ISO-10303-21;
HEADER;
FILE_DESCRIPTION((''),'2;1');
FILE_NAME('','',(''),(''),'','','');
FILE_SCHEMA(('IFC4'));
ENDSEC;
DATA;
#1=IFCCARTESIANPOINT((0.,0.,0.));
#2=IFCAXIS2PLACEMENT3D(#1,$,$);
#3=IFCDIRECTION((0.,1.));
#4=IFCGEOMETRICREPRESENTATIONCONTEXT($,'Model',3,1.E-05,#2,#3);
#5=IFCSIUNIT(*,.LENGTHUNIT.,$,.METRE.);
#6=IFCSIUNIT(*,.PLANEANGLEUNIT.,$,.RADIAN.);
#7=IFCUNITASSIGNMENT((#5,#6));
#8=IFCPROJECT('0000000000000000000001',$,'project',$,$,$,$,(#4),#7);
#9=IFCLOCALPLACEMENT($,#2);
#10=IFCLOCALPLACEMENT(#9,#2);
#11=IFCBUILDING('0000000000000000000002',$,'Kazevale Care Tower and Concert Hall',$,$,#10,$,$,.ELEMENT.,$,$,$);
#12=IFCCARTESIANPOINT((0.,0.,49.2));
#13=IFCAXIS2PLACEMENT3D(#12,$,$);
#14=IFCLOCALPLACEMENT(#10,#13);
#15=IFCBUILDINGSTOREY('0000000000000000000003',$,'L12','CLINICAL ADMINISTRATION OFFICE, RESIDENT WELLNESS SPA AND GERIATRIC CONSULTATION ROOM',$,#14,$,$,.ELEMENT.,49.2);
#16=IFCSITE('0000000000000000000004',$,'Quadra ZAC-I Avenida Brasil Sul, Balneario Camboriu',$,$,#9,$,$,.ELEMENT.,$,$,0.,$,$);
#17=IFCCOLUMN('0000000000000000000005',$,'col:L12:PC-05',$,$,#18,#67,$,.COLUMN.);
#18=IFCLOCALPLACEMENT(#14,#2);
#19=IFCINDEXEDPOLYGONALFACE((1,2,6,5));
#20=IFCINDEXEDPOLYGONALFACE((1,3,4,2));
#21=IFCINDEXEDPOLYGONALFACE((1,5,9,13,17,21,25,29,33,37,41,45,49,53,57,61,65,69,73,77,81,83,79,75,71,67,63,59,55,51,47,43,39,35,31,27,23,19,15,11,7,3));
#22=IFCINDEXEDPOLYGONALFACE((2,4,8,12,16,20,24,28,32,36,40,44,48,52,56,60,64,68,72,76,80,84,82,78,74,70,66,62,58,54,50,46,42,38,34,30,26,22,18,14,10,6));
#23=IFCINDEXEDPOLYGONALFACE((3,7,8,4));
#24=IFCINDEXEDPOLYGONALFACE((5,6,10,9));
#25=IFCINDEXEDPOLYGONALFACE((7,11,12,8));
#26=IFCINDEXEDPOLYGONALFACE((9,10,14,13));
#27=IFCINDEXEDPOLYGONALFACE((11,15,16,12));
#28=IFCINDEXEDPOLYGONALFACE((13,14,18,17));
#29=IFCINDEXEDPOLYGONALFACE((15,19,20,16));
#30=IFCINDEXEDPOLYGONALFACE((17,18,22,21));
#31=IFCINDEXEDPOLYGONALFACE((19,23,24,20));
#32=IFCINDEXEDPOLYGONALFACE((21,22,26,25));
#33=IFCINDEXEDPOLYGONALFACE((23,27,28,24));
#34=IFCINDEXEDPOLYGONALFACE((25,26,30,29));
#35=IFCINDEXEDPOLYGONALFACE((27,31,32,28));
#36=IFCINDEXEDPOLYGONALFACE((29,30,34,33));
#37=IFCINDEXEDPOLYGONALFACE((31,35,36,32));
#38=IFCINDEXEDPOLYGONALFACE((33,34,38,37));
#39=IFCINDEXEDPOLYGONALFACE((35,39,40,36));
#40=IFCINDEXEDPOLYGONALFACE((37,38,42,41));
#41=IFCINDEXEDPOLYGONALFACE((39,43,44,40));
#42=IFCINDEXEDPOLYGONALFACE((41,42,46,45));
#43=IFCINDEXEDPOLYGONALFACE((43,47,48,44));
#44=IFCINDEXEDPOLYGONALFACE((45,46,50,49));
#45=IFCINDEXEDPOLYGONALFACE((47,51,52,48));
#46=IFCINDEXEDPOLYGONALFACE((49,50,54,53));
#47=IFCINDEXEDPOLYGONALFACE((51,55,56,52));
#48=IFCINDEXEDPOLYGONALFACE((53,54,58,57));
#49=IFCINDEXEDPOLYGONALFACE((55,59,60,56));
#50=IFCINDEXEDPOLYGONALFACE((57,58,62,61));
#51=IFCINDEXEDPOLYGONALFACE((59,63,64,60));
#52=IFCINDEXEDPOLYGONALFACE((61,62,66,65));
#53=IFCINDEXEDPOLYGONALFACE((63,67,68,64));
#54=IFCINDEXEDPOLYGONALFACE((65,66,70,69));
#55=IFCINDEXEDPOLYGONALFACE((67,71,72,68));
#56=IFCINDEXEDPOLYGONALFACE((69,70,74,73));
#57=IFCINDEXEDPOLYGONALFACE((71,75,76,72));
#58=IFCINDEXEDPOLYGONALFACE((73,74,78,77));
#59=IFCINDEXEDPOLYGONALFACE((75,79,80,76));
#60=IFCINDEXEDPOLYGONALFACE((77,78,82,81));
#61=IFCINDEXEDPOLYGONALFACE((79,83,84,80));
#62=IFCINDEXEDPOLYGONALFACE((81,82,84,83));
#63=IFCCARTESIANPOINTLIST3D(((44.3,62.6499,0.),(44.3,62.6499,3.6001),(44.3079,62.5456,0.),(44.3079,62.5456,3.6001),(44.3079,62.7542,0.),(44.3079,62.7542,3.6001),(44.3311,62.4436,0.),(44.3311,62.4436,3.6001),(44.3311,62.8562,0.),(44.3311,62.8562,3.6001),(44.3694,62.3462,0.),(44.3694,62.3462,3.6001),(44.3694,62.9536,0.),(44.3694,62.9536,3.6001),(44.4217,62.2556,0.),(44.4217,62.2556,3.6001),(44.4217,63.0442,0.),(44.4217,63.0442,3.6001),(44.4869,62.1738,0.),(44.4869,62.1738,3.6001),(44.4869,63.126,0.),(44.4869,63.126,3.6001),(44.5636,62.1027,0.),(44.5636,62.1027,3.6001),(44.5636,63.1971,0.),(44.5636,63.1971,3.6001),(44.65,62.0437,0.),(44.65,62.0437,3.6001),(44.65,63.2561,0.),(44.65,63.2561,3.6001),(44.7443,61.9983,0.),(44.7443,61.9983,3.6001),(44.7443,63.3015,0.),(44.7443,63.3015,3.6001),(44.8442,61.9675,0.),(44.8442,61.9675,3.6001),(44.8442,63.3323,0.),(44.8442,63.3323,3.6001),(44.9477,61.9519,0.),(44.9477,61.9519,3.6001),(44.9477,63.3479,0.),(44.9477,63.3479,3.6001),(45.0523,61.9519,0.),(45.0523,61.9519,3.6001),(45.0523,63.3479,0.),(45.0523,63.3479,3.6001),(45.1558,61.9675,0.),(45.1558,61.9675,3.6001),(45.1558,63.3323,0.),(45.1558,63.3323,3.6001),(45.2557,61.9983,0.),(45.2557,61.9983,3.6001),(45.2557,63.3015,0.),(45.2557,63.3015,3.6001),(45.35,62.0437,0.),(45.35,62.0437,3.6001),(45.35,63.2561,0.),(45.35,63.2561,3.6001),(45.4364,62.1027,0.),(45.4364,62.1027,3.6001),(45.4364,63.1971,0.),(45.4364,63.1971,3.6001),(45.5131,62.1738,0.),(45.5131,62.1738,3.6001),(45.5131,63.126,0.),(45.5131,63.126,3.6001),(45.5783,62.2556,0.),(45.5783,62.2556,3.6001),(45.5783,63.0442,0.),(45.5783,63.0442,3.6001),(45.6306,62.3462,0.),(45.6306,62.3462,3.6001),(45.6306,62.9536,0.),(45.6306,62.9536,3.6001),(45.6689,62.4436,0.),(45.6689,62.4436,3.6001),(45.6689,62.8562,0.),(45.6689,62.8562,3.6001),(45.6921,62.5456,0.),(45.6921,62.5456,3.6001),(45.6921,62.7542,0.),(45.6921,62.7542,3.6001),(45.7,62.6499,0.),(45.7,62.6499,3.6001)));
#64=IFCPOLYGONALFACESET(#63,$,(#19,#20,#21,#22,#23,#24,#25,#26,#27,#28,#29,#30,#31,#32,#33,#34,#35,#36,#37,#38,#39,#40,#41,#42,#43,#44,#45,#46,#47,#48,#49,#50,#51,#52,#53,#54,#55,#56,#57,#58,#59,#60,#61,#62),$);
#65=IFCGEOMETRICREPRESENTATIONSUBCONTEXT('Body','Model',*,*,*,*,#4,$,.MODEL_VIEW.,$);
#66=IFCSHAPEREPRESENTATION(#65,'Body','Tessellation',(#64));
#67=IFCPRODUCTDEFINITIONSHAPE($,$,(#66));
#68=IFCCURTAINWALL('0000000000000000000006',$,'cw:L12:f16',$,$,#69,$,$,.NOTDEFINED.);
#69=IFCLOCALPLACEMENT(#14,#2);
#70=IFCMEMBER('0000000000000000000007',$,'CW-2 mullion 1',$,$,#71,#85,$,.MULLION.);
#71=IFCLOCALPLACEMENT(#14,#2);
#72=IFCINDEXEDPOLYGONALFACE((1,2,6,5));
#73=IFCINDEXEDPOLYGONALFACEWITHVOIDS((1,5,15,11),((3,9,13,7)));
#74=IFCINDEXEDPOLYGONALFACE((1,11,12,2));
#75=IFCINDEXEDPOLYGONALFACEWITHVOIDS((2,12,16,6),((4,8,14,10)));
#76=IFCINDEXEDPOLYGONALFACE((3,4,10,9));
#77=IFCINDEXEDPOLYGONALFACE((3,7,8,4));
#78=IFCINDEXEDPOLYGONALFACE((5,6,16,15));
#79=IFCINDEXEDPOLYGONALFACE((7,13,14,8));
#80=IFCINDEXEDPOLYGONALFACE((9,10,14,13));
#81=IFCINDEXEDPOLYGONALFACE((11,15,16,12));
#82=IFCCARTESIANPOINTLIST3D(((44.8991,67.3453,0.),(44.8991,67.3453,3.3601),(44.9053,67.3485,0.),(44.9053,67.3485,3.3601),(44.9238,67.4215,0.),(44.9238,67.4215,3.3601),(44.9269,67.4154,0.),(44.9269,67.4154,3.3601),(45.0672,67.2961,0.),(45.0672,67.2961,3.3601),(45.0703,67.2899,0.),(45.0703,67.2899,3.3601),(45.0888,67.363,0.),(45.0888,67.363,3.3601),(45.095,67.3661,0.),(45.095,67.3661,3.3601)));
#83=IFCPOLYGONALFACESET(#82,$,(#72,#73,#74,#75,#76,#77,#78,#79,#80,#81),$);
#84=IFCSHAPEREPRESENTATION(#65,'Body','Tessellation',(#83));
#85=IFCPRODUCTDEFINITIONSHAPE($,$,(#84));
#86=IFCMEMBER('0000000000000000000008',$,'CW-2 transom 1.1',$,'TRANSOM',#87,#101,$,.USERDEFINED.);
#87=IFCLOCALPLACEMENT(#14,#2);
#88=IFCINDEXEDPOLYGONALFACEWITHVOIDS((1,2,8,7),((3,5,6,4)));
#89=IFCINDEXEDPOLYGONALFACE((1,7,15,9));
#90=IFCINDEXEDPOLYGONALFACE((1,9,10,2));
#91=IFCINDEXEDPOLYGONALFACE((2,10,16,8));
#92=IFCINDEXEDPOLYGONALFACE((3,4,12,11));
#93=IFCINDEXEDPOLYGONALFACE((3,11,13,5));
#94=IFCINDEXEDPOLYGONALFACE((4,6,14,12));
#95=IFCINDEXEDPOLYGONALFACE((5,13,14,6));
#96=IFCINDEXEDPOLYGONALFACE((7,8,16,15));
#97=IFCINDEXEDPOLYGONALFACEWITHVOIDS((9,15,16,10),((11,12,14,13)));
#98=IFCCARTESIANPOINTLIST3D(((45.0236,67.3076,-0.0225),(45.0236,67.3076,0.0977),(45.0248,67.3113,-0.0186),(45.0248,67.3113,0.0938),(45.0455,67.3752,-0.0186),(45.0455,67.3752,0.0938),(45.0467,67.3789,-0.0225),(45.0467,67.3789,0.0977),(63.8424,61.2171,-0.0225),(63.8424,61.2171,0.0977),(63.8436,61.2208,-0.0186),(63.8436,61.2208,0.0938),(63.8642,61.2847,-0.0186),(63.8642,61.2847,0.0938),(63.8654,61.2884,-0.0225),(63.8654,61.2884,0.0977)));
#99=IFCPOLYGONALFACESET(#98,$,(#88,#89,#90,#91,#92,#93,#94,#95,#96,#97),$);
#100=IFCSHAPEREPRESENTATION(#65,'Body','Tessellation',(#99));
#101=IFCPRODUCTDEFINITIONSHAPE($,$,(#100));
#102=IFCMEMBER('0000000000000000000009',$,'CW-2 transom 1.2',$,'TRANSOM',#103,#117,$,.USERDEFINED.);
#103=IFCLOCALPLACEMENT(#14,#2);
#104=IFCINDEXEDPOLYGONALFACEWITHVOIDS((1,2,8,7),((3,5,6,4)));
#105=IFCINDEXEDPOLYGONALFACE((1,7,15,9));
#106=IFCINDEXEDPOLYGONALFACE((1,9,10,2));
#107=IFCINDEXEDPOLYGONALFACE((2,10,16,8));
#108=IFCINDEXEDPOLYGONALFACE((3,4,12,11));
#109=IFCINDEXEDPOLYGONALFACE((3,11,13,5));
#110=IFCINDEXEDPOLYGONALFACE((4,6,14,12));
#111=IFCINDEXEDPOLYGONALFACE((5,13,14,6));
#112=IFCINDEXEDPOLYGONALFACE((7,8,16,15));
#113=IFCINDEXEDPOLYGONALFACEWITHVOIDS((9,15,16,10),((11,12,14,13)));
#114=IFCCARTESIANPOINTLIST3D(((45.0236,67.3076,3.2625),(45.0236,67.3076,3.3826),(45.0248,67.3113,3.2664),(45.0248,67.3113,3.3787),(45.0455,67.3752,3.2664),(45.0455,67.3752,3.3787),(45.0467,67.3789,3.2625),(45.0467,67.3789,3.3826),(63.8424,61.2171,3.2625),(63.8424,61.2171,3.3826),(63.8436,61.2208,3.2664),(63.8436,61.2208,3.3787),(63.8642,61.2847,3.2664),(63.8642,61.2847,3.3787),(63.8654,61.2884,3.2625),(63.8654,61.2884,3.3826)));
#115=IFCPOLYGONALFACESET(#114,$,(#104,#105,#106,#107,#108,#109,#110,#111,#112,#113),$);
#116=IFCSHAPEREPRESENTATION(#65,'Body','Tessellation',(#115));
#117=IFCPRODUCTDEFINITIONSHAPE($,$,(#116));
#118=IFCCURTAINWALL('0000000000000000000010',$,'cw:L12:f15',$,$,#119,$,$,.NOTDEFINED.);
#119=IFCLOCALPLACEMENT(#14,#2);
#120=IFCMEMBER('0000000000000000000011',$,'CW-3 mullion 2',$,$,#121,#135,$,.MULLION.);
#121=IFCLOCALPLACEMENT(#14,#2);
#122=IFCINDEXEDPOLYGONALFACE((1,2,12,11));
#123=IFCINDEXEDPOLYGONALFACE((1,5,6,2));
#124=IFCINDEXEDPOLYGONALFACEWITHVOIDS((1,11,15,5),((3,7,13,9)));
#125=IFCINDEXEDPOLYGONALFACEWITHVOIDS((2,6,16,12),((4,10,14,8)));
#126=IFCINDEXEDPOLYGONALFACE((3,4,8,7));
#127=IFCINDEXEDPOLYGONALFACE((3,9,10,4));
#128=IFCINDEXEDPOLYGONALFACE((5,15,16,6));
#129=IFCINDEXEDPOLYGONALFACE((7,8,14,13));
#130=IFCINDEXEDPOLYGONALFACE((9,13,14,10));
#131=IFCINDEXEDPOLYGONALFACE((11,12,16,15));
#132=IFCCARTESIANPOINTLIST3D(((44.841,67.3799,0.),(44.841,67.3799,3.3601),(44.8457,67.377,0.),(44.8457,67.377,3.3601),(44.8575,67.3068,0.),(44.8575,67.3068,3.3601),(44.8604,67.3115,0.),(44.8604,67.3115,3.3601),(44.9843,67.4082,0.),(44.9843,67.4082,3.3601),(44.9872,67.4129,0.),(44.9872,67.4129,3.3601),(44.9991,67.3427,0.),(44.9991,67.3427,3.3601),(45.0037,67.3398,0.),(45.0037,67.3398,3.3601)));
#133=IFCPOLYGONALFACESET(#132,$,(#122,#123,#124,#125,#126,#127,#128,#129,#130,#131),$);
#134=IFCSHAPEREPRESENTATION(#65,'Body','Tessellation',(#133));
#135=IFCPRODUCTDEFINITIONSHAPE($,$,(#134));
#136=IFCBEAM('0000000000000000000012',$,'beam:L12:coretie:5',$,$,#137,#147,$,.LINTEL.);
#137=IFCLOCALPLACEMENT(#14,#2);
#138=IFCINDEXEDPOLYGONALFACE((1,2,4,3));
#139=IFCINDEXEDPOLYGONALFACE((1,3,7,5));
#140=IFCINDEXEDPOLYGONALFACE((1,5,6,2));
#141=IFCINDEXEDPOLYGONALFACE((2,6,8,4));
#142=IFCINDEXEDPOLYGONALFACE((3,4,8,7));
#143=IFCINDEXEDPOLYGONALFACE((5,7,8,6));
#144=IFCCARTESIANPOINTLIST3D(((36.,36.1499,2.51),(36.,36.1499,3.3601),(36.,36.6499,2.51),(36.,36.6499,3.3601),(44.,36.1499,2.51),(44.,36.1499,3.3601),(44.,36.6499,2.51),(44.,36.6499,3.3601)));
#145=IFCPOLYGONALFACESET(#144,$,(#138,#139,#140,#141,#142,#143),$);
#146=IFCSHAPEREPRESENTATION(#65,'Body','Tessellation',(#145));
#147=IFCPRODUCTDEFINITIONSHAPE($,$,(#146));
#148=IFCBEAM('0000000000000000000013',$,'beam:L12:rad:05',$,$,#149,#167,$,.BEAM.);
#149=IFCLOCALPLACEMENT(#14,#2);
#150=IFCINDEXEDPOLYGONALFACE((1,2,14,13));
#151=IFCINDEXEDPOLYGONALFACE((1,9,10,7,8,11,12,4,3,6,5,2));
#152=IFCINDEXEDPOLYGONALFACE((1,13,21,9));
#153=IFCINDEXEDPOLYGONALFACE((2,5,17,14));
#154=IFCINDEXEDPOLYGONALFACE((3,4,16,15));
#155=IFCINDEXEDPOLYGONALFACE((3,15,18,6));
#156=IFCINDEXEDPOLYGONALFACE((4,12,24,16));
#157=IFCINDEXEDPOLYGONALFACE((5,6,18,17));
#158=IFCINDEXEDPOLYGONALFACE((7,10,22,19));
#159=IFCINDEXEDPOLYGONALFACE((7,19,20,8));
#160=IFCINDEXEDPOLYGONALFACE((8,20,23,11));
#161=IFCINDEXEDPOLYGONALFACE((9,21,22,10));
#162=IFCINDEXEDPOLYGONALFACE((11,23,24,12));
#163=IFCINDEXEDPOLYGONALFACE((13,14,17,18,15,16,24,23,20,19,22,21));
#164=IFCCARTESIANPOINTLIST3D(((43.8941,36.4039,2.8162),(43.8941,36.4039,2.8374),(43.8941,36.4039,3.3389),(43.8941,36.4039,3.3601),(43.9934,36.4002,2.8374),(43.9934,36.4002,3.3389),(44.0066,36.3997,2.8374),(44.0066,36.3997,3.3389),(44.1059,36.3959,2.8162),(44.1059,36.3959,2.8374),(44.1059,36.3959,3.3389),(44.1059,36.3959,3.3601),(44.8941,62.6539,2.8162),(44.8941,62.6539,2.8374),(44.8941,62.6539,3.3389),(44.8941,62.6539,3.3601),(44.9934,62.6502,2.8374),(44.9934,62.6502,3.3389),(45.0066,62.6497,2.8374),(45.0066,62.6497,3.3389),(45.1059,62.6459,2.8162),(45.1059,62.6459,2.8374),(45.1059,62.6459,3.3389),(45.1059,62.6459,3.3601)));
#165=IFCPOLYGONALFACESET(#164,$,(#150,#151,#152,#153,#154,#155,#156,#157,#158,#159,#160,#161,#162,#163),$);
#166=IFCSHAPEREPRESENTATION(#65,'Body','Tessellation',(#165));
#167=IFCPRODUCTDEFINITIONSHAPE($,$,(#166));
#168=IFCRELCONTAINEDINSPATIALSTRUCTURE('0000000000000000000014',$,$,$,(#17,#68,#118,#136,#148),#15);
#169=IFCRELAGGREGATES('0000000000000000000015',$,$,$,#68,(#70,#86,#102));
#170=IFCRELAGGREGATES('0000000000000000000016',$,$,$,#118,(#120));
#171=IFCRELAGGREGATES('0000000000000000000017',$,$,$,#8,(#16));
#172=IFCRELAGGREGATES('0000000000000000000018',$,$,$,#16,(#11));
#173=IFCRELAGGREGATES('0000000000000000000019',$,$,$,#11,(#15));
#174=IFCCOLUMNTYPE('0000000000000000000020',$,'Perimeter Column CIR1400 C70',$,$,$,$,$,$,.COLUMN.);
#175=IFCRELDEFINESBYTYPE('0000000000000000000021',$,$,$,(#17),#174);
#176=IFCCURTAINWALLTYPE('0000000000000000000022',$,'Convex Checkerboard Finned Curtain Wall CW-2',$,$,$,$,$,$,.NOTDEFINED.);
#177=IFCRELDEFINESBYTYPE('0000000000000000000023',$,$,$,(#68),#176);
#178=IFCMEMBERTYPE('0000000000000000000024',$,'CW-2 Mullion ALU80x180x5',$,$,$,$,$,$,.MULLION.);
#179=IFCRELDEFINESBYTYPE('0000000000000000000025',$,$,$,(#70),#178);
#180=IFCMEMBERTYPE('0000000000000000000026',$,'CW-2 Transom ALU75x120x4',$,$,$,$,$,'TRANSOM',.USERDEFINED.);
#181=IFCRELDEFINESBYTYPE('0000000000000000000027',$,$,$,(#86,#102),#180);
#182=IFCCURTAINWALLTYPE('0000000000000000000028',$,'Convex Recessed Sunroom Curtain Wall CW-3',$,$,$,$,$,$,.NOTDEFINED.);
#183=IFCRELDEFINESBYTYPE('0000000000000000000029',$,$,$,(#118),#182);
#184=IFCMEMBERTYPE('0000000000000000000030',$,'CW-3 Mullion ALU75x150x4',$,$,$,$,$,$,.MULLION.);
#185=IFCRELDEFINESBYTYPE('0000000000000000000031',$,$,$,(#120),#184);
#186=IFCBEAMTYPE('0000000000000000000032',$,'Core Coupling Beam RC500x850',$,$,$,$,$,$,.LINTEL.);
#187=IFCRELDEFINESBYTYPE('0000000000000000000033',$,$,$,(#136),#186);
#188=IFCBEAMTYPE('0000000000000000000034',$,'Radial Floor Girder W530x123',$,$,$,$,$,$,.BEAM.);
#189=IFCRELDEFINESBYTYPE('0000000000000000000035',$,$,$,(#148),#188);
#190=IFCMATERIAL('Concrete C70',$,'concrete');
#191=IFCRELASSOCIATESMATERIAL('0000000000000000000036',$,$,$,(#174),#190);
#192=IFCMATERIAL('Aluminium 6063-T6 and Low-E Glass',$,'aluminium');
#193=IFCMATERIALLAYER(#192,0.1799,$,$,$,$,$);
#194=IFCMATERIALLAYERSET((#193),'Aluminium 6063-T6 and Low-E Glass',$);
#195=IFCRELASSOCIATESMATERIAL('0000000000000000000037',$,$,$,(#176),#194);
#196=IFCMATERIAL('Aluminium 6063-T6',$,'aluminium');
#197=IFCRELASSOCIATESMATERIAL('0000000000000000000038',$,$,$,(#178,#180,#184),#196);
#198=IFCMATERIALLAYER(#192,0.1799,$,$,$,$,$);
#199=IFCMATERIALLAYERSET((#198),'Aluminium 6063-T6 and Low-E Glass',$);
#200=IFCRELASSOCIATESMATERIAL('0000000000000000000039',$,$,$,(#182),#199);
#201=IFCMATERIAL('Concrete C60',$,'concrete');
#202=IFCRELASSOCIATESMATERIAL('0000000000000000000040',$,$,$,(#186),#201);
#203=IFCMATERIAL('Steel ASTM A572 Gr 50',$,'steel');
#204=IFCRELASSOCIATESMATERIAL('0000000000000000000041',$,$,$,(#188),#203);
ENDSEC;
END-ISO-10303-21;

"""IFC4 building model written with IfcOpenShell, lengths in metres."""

from ifc_helpers import new_model, si_unit, direction, frame, origin, origin_2d, place, context, subcontext, project, spatial, rectangle, hollow_rectangle, circle, i_section, extrude, material, layer, layer_set, material_profile, profile_set, type_object, element, aggregate, save


model = new_model("IFC4")

# Units and contexts
model_context = context("Model", 3, precision=1e-05, world=origin(), true_north=direction((0.0, 1.0)))
body_context = subcontext(model_context, "Body", "Model", "MODEL_VIEW")
ifc_project = project(units=[si_unit("LENGTHUNIT", "METRE"), si_unit("PLANEANGLEUNIT", "RADIAN")], contexts=[model_context])

# Site, building, storey
site_placement = place(None, origin())
site = spatial("IfcSite", under=ifc_project, at=site_placement, Name="Quadra ZAC-I Avenida Brasil Sul, Balneario Camboriu", CompositionType="ELEMENT", RefElevation=0.0)
building_placement = place(site_placement, origin())
building = spatial("IfcBuilding", under=site, at=building_placement, Name="Kazevale Care Tower and Concert Hall", CompositionType="ELEMENT")
storey_placement = place(building_placement, frame((0.0, 0.0, 49.2)))
storey = spatial("IfcBuildingStorey", under=building, at=storey_placement, Name="L12", Description="CLINICAL ADMINISTRATION OFFICE, RESIDENT WELLNESS SPA AND GERIATRIC CONSULTATION ROOM", CompositionType="ELEMENT", Elevation=49.2)

# Column
ifc_material_1 = material(Name="Concrete C70", Category="concrete")
ifc_material_profile_1 = material_profile(ifc_material_1, circle(Radius=0.7, at=origin_2d()), Name="RC-CIR1400")
ifc_profile_set_1 = profile_set([ifc_material_profile_1], Name="Concrete C70")
column_type = type_object("IfcColumnType", Name="Perimeter Column CIR1400 C70", PredefinedType="COLUMN", material=ifc_profile_set_1)
column_placement = place(storey_placement, frame((45.0, 62.6499, 0.0), z_axis=(0.0, 0.0, 1.0), x_axis=(1.0, 0.0, 0.0)))
element("IfcColumn", 1, at=column_placement, inside=storey, type_object=column_type, Name="col:L12:PC-05", PredefinedType="COLUMN", context=body_context, shape_type="SweptSolid", body=[
    extrude(circle(Radius=0.7, at=origin_2d()), origin(), (0.0, 0.0, 1.0), 3.6001),
])

# Curtain wall, members
ifc_material_2 = material(Name="Aluminium 6063-T6 and Low-E Glass", Category="aluminium")
ifc_layer_1 = layer(ifc_material_2, 0.1799)
ifc_layer_set_1 = layer_set([ifc_layer_1], Name="Aluminium 6063-T6 and Low-E Glass")
curtain_wall_type_1 = type_object("IfcCurtainWallType", Name="Convex Checkerboard Finned Curtain Wall CW-2", PredefinedType="NOTDEFINED", material=ifc_layer_set_1)
curtain_wall_1_placement = place(storey_placement, origin())
curtain_wall_1 = element("IfcCurtainWall", 2, at=curtain_wall_1_placement, inside=storey, type_object=curtain_wall_type_1, Name="cw:L12:f16", PredefinedType="NOTDEFINED")
ifc_material_3 = material(Name="Aluminium 6063-T6", Category="aluminium")
ifc_material_profile_2 = material_profile(ifc_material_3, hollow_rectangle(XDim=0.0801, YDim=0.1799, WallThickness=0.0049, at=origin_2d()), Name="ALU80x180x5")
ifc_profile_set_2 = profile_set([ifc_material_profile_2], Name="Aluminium 6063-T6")
member_type_1 = type_object("IfcMemberType", Name="CW-2 Mullion ALU80x180x5", PredefinedType="MULLION", material=ifc_profile_set_2)
member_1_placement = place(storey_placement, frame((44.9971, 67.3557, 0.0), z_axis=(0.0, 0.0, 1.0), x_axis=(0.307926, 0.95141, 0.0)))
member_1 = element("IfcMember", 3, at=member_1_placement, type_object=member_type_1, Name="CW-2 mullion 1", PredefinedType="MULLION", context=body_context, shape_type="SweptSolid", body=[
    extrude(hollow_rectangle(XDim=0.0801, YDim=0.1799, WallThickness=0.0049, at=origin_2d()), origin(), (0.0, 0.0, 1.0), 3.3601),
])
ifc_material_profile_3 = material_profile(ifc_material_3, hollow_rectangle(XDim=0.075, YDim=0.1201, WallThickness=0.0039, at=origin_2d()), Name="ALU75x120x4")
ifc_profile_set_3 = profile_set([ifc_material_profile_3], Name="Aluminium 6063-T6")
member_type_2 = type_object("IfcMemberType", Name="CW-2 Transom ALU75x120x4", ElementType="TRANSOM", PredefinedType="USERDEFINED", material=ifc_profile_set_3)
member_2_placement = place(storey_placement, frame((45.0352, 67.3433, 0.0376), z_axis=(0.951413, -0.307918, 0.0), x_axis=(0.307918, 0.951413, 0.0)))
member_2 = element("IfcMember", 4, at=member_2_placement, type_object=member_type_2, Name="CW-2 transom 1.1", ObjectType="TRANSOM", PredefinedType="USERDEFINED", context=body_context, shape_type="SweptSolid", body=[
    extrude(hollow_rectangle(XDim=0.075, YDim=0.1201, WallThickness=0.0039, at=origin_2d()), origin(), (0.0, 0.0, 1.0), 19.7798),
])
member_3_placement = place(storey_placement, frame((45.0352, 67.3433, 3.3225), z_axis=(0.951413, -0.307918, 0.0), x_axis=(0.307918, 0.951413, 0.0)))
member_3 = element("IfcMember", 5, at=member_3_placement, type_object=member_type_2, Name="CW-2 transom 1.2", ObjectType="TRANSOM", PredefinedType="USERDEFINED", context=body_context, shape_type="SweptSolid", body=[
    extrude(hollow_rectangle(XDim=0.075, YDim=0.1201, WallThickness=0.0039, at=origin_2d()), origin(), (0.0, 0.0, 1.0), 19.7798),
])
aggregate(curtain_wall_1, [member_1, member_2, member_3])

# Curtain wall, member
ifc_layer_2 = layer(ifc_material_2, 0.1799)
ifc_layer_set_2 = layer_set([ifc_layer_2], Name="Aluminium 6063-T6 and Low-E Glass")
curtain_wall_type_2 = type_object("IfcCurtainWallType", Name="Convex Recessed Sunroom Curtain Wall CW-3", PredefinedType="NOTDEFINED", material=ifc_layer_set_2)
curtain_wall_2_placement = place(storey_placement, origin())
curtain_wall_2 = element("IfcCurtainWall", 6, at=curtain_wall_2_placement, inside=storey, type_object=curtain_wall_type_2, Name="cw:L12:f15", PredefinedType="NOTDEFINED")
ifc_material_profile_4 = material_profile(ifc_material_3, hollow_rectangle(XDim=0.075, YDim=0.1499, WallThickness=0.0039, at=origin_2d()), Name="ALU75x150x4")
ifc_profile_set_4 = profile_set([ifc_material_profile_4], Name="Aluminium 6063-T6")
member_type_3 = type_object("IfcMemberType", Name="CW-3 Mullion ALU75x150x4", PredefinedType="MULLION", material=ifc_profile_set_4)
member_4_placement = place(storey_placement, frame((44.9224, 67.3599, 0.0), z_axis=(0.0, 0.0, 1.0), x_axis=(-0.219911, 0.97552, 0.0)))
member_4 = element("IfcMember", 7, at=member_4_placement, type_object=member_type_3, Name="CW-3 mullion 2", PredefinedType="MULLION", context=body_context, shape_type="SweptSolid", body=[
    extrude(hollow_rectangle(XDim=0.075, YDim=0.1499, WallThickness=0.0039, at=origin_2d()), origin(), (0.0, 0.0, 1.0), 3.3601),
])
aggregate(curtain_wall_2, [member_4])

# Beams
ifc_material_4 = material(Name="Concrete C60", Category="concrete")
ifc_material_profile_5 = material_profile(ifc_material_4, rectangle(XDim=0.5, YDim=0.8501, at=origin_2d()), Name="RC-B500x850")
ifc_profile_set_5 = profile_set([ifc_material_profile_5], Name="Concrete C60")
beam_type_1 = type_object("IfcBeamType", Name="Core Coupling Beam RC500x850", PredefinedType="LINTEL", material=ifc_profile_set_5)
beam_1_placement = place(storey_placement, frame((44.0, 36.3999, 2.9351), z_axis=(-1.0, 0.0, 0.0), x_axis=(0.0, -1.0, 0.0)))
element("IfcBeam", 8, at=beam_1_placement, inside=storey, type_object=beam_type_1, Name="beam:L12:coretie:5", PredefinedType="LINTEL", context=body_context, shape_type="SweptSolid", body=[
    extrude(rectangle(XDim=0.5, YDim=0.8501, at=origin_2d()), origin(), (0.0, 0.0, 1.0), 8.0),
])
ifc_material_5 = material(Name="Steel ASTM A572 Gr 50", Category="steel")
ifc_material_profile_6 = material_profile(ifc_material_5, i_section(OverallWidth=0.2119, OverallDepth=0.5439, WebThickness=0.0132, FlangeThickness=0.0212, at=origin_2d()), Name="W530x123")
ifc_profile_set_6 = profile_set([ifc_material_profile_6], Name="Steel ASTM A572 Gr 50")
beam_type_2 = type_object("IfcBeamType", Name="Radial Floor Girder W530x123", PredefinedType="BEAM", material=ifc_profile_set_6)
beam_2_placement = place(storey_placement, frame((44.0, 36.3999, 3.0881), z_axis=(0.038068, 0.999275, 0.0), x_axis=(-0.999275, 0.038068, 0.0)))
element("IfcBeam", 9, at=beam_2_placement, inside=storey, type_object=beam_type_2, Name="beam:L12:rad:05", PredefinedType="BEAM", context=body_context, shape_type="SweptSolid", body=[
    extrude(i_section(OverallWidth=0.2119, OverallDepth=0.5439, WebThickness=0.0132, FlangeThickness=0.0212, at=origin_2d()), origin(), (0.0, 0.0, 1.0), 26.269),
])

save(model, "model.ifc")
